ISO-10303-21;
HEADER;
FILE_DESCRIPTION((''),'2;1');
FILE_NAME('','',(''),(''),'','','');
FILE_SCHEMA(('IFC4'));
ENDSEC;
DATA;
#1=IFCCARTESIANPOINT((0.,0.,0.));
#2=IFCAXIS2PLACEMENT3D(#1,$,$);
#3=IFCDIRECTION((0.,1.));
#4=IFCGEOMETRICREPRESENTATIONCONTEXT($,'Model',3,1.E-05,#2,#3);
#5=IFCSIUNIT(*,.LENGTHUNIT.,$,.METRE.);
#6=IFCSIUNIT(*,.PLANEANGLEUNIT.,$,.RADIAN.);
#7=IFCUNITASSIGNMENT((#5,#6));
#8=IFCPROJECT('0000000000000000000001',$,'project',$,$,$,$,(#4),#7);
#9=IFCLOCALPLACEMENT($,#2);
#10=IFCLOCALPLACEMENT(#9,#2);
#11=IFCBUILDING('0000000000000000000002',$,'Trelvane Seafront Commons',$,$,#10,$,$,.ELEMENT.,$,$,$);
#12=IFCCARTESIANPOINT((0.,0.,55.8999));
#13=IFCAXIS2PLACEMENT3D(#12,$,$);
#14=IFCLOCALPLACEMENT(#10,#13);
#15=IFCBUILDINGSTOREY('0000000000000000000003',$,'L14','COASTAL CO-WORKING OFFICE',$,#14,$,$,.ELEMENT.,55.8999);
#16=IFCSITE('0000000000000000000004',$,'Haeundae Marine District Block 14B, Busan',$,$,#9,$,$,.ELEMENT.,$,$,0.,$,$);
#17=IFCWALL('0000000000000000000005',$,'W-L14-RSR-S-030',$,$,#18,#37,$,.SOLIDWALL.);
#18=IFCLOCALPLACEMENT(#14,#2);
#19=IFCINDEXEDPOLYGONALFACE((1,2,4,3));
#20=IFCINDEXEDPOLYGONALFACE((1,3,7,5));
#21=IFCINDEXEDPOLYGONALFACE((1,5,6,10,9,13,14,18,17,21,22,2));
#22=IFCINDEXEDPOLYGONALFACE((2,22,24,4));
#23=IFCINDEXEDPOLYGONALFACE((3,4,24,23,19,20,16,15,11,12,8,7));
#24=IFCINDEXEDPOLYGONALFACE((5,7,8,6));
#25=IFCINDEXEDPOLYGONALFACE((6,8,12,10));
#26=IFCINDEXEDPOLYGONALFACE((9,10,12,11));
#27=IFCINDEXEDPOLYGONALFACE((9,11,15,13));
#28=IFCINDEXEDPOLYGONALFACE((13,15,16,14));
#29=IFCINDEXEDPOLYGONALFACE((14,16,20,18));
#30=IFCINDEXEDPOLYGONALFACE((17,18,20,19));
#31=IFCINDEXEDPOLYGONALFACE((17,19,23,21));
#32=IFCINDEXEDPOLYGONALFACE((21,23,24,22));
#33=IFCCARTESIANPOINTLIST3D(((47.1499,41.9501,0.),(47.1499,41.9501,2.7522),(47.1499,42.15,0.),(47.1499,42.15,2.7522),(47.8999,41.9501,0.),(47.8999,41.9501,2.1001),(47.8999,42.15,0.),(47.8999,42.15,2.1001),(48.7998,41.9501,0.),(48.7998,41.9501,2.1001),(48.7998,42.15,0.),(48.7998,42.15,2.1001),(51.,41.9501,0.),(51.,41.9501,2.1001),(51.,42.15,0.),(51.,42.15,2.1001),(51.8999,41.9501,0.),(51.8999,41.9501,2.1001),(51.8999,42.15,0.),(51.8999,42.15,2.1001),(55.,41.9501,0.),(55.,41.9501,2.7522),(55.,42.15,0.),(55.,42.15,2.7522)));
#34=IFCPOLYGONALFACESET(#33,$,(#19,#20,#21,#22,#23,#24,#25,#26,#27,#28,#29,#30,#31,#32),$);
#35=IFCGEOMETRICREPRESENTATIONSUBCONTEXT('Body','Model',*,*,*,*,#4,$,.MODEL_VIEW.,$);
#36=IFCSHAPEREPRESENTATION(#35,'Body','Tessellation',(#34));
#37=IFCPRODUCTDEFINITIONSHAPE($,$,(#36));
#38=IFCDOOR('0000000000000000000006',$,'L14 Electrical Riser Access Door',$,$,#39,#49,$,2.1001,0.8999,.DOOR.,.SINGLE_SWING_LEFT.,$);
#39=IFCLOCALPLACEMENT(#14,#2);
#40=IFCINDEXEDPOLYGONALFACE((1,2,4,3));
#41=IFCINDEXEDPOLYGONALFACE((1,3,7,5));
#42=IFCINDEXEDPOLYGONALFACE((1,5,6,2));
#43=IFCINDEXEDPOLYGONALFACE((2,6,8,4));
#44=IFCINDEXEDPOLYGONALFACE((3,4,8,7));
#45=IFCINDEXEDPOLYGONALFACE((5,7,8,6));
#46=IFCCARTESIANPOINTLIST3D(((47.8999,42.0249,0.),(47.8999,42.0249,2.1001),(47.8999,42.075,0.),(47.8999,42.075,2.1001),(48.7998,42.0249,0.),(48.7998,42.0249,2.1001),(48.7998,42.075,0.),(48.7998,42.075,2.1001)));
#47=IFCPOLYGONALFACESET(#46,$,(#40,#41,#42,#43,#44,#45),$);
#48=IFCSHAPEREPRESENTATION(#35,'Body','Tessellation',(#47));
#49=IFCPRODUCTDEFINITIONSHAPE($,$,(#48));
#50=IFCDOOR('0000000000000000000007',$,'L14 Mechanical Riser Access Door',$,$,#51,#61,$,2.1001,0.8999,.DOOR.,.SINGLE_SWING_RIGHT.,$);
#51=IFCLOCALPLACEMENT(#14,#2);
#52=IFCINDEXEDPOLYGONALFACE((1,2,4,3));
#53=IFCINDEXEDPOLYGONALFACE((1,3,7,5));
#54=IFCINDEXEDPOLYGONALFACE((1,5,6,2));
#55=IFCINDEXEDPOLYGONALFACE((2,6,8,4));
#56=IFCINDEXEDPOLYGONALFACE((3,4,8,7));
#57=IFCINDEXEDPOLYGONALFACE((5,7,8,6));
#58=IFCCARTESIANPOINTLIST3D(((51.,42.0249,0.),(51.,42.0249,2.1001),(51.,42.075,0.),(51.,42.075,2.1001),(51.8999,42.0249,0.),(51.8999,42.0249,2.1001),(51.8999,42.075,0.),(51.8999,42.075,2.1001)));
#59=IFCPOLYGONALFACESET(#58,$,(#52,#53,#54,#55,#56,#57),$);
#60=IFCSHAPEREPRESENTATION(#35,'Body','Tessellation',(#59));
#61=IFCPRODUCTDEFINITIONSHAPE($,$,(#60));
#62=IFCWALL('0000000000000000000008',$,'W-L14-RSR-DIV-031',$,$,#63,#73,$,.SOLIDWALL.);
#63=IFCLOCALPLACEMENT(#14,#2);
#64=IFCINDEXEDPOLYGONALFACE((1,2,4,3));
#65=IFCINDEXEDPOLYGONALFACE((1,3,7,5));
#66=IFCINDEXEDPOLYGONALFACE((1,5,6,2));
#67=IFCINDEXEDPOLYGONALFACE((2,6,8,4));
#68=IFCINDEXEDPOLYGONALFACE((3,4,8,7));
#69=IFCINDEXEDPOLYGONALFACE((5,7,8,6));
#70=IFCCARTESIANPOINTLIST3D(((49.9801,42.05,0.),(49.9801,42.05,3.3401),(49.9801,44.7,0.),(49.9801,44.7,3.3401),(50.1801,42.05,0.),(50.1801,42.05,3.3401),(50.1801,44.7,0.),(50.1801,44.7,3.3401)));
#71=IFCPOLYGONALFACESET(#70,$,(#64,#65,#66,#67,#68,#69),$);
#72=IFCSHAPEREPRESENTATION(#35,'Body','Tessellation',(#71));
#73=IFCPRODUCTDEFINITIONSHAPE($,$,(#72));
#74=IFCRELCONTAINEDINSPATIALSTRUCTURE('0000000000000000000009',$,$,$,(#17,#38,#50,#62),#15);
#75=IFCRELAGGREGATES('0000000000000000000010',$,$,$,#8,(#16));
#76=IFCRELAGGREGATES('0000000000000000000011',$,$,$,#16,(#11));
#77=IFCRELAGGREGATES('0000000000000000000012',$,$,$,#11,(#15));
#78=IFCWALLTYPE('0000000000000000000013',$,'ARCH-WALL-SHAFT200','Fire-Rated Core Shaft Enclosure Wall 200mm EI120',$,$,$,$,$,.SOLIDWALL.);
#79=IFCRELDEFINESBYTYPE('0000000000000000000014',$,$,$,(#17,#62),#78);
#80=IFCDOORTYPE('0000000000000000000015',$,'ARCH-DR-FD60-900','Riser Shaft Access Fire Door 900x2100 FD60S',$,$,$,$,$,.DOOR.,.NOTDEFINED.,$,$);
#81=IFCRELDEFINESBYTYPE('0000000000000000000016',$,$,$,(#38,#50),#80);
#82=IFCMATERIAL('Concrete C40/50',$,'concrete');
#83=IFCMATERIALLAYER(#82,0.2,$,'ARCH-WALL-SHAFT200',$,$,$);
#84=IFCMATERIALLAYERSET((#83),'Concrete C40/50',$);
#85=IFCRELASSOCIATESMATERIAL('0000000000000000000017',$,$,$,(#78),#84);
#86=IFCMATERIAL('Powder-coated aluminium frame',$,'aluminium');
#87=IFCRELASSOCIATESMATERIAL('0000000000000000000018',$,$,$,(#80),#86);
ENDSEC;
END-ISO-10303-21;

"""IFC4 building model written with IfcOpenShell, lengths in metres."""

from ifc_helpers import new_model, si_unit, direction, frame, frame_2d, origin, place, context, subcontext, project, spatial, rectangle, extrude, source, transform, mapped, material, layer, layer_set, type_object, element, fill, save


model = new_model("IFC4")

# Units and contexts
model_context = context("Model", 3, precision=1e-05, world=origin(), true_north=direction((0.0, 1.0)))
body_context = subcontext(model_context, "Body", "Model", "MODEL_VIEW")
ifc_project = project(units=[si_unit("LENGTHUNIT", "METRE"), si_unit("PLANEANGLEUNIT", "RADIAN")], contexts=[model_context])

# Site, building, storey
site_placement = place(None, origin())
site = spatial("IfcSite", under=ifc_project, at=site_placement, Name="Haeundae Marine District Block 14B, Busan", CompositionType="ELEMENT", RefElevation=0.0)
building_placement = place(site_placement, origin())
building = spatial("IfcBuilding", under=site, at=building_placement, Name="Trelvane Seafront Commons", CompositionType="ELEMENT")
storey_placement = place(building_placement, frame((0.0, 0.0, 55.8999)))
storey = spatial("IfcBuildingStorey", under=building, at=storey_placement, Name="L14", Description="COASTAL CO-WORKING OFFICE", CompositionType="ELEMENT", Elevation=55.8999)

# Wall, openings, doors
ifc_material_1 = material(Name="Concrete C40/50", Category="concrete")
ifc_layer_1 = layer(ifc_material_1, 0.2, Name="ARCH-WALL-SHAFT200")
ifc_layer_set_1 = layer_set([ifc_layer_1], Name="Concrete C40/50")
wall_type_1 = type_object("IfcWallType", Name="ARCH-WALL-SHAFT200", Description="Fire-Rated Core Shaft Enclosure Wall 200mm EI120", PredefinedType="SOLIDWALL", material=ifc_layer_set_1)
wall_1_placement = place(storey_placement, frame((47.1499, 42.05, 0.0), z_axis=(0.0, 0.0, 1.0), x_axis=(1.0, 0.0, 0.0)))
wall_1 = element("IfcWall", 1, at=wall_1_placement, inside=storey, type_object=wall_type_1, Name="W-L14-RSR-S-030", PredefinedType="SOLIDWALL", context=body_context, shape_type="SweptSolid", body=[
    extrude(rectangle(XDim=7.8501, YDim=0.2, at=frame_2d((3.925, 0.0))), origin(), (0.0, 0.0, 1.0), 2.7522),
])
opening_1_placement = place(wall_1_placement, frame((0.75, 0.0, 0.0)))
opening_1 = element("IfcOpeningElement", 2, at=opening_1_placement, cuts=wall_1, PredefinedType="OPENING", context=body_context, shape_type="SweptSolid", body=[
    extrude(rectangle(XDim=0.8999, YDim=2.1001, at=frame_2d((0.45, 1.05))), frame((0.0, 0.1099, 0.0), z_axis=(0.0, -1.0, 0.0), x_axis=(1.0, 0.0, 0.0)), (0.0, 0.0, 1.0), 0.22),
])
opening_2_placement = place(wall_1_placement, frame((3.8501, 0.0, 0.0)))
opening_2 = element("IfcOpeningElement", 3, at=opening_2_placement, cuts=wall_1, PredefinedType="OPENING", context=body_context, shape_type="SweptSolid", body=[
    extrude(rectangle(XDim=0.8999, YDim=2.1001, at=frame_2d((0.45, 1.05))), frame((0.0, 0.1099, 0.0), z_axis=(0.0, -1.0, 0.0), x_axis=(1.0, 0.0, 0.0)), (0.0, 0.0, 1.0), 0.22),
])
ifc_material_2 = material(Name="Powder-coated aluminium frame", Category="aluminium")
door_type = type_object("IfcDoorType", Name="ARCH-DR-FD60-900", Description="Riser Shaft Access Fire Door 900x2100 FD60S", OperationType="NOTDEFINED", PredefinedType="DOOR", material=ifc_material_2)
shared_shape_1 = source(origin(), body_context, "Body", "SweptSolid", [
    extrude(rectangle(XDim=0.8999, YDim=2.1001, at=frame_2d((0.45, 1.05))), frame((0.0, 0.0249, 0.0), z_axis=(0.0, -1.0, 0.0), x_axis=(1.0, 0.0, 0.0)), (0.0, 0.0, 1.0), 0.05),
])
door_1_placement = place(opening_1_placement, origin())
door_1 = element("IfcDoor", 4, at=door_1_placement, inside=storey, type_object=door_type, Name="L14 Electrical Riser Access Door", OperationType="SINGLE_SWING_LEFT", OverallHeight=2.1001, OverallWidth=0.8999, PredefinedType="DOOR", context=body_context, shape_type="MappedRepresentation", body=[
    mapped(shared_shape_1, transform((0.0, 0.0, 0.0), x_axis=(1.0, 0.0, 0.0), y_axis=(0.0, 1.0, 0.0), z_axis=(0.0, 0.0, 1.0), scale=1.0)),
])
fill(opening_1, door_1)
door_2_placement = place(opening_2_placement, origin())
door_2 = element("IfcDoor", 5, at=door_2_placement, inside=storey, type_object=door_type, Name="L14 Mechanical Riser Access Door", OperationType="SINGLE_SWING_RIGHT", OverallHeight=2.1001, OverallWidth=0.8999, PredefinedType="DOOR", context=body_context, shape_type="MappedRepresentation", body=[
    mapped(shared_shape_1, transform((0.0, 0.0, 0.0), x_axis=(1.0, 0.0, 0.0), y_axis=(0.0, 1.0, 0.0), z_axis=(0.0, 0.0, 1.0), scale=1.0)),
])
fill(opening_2, door_2)

# Wall
wall_2_placement = place(storey_placement, frame((50.0801, 42.05, 0.0), z_axis=(0.0, 0.0, 1.0), x_axis=(0.0, 1.0, 0.0)))
element("IfcWall", 6, at=wall_2_placement, inside=storey, type_object=wall_type_1, Name="W-L14-RSR-DIV-031", PredefinedType="SOLIDWALL", context=body_context, shape_type="SweptSolid", body=[
    extrude(rectangle(XDim=2.6499, YDim=0.2, at=frame_2d((1.325, 0.0))), origin(), (0.0, 0.0, 1.0), 3.3401),
])

save(model, "model.ifc")
